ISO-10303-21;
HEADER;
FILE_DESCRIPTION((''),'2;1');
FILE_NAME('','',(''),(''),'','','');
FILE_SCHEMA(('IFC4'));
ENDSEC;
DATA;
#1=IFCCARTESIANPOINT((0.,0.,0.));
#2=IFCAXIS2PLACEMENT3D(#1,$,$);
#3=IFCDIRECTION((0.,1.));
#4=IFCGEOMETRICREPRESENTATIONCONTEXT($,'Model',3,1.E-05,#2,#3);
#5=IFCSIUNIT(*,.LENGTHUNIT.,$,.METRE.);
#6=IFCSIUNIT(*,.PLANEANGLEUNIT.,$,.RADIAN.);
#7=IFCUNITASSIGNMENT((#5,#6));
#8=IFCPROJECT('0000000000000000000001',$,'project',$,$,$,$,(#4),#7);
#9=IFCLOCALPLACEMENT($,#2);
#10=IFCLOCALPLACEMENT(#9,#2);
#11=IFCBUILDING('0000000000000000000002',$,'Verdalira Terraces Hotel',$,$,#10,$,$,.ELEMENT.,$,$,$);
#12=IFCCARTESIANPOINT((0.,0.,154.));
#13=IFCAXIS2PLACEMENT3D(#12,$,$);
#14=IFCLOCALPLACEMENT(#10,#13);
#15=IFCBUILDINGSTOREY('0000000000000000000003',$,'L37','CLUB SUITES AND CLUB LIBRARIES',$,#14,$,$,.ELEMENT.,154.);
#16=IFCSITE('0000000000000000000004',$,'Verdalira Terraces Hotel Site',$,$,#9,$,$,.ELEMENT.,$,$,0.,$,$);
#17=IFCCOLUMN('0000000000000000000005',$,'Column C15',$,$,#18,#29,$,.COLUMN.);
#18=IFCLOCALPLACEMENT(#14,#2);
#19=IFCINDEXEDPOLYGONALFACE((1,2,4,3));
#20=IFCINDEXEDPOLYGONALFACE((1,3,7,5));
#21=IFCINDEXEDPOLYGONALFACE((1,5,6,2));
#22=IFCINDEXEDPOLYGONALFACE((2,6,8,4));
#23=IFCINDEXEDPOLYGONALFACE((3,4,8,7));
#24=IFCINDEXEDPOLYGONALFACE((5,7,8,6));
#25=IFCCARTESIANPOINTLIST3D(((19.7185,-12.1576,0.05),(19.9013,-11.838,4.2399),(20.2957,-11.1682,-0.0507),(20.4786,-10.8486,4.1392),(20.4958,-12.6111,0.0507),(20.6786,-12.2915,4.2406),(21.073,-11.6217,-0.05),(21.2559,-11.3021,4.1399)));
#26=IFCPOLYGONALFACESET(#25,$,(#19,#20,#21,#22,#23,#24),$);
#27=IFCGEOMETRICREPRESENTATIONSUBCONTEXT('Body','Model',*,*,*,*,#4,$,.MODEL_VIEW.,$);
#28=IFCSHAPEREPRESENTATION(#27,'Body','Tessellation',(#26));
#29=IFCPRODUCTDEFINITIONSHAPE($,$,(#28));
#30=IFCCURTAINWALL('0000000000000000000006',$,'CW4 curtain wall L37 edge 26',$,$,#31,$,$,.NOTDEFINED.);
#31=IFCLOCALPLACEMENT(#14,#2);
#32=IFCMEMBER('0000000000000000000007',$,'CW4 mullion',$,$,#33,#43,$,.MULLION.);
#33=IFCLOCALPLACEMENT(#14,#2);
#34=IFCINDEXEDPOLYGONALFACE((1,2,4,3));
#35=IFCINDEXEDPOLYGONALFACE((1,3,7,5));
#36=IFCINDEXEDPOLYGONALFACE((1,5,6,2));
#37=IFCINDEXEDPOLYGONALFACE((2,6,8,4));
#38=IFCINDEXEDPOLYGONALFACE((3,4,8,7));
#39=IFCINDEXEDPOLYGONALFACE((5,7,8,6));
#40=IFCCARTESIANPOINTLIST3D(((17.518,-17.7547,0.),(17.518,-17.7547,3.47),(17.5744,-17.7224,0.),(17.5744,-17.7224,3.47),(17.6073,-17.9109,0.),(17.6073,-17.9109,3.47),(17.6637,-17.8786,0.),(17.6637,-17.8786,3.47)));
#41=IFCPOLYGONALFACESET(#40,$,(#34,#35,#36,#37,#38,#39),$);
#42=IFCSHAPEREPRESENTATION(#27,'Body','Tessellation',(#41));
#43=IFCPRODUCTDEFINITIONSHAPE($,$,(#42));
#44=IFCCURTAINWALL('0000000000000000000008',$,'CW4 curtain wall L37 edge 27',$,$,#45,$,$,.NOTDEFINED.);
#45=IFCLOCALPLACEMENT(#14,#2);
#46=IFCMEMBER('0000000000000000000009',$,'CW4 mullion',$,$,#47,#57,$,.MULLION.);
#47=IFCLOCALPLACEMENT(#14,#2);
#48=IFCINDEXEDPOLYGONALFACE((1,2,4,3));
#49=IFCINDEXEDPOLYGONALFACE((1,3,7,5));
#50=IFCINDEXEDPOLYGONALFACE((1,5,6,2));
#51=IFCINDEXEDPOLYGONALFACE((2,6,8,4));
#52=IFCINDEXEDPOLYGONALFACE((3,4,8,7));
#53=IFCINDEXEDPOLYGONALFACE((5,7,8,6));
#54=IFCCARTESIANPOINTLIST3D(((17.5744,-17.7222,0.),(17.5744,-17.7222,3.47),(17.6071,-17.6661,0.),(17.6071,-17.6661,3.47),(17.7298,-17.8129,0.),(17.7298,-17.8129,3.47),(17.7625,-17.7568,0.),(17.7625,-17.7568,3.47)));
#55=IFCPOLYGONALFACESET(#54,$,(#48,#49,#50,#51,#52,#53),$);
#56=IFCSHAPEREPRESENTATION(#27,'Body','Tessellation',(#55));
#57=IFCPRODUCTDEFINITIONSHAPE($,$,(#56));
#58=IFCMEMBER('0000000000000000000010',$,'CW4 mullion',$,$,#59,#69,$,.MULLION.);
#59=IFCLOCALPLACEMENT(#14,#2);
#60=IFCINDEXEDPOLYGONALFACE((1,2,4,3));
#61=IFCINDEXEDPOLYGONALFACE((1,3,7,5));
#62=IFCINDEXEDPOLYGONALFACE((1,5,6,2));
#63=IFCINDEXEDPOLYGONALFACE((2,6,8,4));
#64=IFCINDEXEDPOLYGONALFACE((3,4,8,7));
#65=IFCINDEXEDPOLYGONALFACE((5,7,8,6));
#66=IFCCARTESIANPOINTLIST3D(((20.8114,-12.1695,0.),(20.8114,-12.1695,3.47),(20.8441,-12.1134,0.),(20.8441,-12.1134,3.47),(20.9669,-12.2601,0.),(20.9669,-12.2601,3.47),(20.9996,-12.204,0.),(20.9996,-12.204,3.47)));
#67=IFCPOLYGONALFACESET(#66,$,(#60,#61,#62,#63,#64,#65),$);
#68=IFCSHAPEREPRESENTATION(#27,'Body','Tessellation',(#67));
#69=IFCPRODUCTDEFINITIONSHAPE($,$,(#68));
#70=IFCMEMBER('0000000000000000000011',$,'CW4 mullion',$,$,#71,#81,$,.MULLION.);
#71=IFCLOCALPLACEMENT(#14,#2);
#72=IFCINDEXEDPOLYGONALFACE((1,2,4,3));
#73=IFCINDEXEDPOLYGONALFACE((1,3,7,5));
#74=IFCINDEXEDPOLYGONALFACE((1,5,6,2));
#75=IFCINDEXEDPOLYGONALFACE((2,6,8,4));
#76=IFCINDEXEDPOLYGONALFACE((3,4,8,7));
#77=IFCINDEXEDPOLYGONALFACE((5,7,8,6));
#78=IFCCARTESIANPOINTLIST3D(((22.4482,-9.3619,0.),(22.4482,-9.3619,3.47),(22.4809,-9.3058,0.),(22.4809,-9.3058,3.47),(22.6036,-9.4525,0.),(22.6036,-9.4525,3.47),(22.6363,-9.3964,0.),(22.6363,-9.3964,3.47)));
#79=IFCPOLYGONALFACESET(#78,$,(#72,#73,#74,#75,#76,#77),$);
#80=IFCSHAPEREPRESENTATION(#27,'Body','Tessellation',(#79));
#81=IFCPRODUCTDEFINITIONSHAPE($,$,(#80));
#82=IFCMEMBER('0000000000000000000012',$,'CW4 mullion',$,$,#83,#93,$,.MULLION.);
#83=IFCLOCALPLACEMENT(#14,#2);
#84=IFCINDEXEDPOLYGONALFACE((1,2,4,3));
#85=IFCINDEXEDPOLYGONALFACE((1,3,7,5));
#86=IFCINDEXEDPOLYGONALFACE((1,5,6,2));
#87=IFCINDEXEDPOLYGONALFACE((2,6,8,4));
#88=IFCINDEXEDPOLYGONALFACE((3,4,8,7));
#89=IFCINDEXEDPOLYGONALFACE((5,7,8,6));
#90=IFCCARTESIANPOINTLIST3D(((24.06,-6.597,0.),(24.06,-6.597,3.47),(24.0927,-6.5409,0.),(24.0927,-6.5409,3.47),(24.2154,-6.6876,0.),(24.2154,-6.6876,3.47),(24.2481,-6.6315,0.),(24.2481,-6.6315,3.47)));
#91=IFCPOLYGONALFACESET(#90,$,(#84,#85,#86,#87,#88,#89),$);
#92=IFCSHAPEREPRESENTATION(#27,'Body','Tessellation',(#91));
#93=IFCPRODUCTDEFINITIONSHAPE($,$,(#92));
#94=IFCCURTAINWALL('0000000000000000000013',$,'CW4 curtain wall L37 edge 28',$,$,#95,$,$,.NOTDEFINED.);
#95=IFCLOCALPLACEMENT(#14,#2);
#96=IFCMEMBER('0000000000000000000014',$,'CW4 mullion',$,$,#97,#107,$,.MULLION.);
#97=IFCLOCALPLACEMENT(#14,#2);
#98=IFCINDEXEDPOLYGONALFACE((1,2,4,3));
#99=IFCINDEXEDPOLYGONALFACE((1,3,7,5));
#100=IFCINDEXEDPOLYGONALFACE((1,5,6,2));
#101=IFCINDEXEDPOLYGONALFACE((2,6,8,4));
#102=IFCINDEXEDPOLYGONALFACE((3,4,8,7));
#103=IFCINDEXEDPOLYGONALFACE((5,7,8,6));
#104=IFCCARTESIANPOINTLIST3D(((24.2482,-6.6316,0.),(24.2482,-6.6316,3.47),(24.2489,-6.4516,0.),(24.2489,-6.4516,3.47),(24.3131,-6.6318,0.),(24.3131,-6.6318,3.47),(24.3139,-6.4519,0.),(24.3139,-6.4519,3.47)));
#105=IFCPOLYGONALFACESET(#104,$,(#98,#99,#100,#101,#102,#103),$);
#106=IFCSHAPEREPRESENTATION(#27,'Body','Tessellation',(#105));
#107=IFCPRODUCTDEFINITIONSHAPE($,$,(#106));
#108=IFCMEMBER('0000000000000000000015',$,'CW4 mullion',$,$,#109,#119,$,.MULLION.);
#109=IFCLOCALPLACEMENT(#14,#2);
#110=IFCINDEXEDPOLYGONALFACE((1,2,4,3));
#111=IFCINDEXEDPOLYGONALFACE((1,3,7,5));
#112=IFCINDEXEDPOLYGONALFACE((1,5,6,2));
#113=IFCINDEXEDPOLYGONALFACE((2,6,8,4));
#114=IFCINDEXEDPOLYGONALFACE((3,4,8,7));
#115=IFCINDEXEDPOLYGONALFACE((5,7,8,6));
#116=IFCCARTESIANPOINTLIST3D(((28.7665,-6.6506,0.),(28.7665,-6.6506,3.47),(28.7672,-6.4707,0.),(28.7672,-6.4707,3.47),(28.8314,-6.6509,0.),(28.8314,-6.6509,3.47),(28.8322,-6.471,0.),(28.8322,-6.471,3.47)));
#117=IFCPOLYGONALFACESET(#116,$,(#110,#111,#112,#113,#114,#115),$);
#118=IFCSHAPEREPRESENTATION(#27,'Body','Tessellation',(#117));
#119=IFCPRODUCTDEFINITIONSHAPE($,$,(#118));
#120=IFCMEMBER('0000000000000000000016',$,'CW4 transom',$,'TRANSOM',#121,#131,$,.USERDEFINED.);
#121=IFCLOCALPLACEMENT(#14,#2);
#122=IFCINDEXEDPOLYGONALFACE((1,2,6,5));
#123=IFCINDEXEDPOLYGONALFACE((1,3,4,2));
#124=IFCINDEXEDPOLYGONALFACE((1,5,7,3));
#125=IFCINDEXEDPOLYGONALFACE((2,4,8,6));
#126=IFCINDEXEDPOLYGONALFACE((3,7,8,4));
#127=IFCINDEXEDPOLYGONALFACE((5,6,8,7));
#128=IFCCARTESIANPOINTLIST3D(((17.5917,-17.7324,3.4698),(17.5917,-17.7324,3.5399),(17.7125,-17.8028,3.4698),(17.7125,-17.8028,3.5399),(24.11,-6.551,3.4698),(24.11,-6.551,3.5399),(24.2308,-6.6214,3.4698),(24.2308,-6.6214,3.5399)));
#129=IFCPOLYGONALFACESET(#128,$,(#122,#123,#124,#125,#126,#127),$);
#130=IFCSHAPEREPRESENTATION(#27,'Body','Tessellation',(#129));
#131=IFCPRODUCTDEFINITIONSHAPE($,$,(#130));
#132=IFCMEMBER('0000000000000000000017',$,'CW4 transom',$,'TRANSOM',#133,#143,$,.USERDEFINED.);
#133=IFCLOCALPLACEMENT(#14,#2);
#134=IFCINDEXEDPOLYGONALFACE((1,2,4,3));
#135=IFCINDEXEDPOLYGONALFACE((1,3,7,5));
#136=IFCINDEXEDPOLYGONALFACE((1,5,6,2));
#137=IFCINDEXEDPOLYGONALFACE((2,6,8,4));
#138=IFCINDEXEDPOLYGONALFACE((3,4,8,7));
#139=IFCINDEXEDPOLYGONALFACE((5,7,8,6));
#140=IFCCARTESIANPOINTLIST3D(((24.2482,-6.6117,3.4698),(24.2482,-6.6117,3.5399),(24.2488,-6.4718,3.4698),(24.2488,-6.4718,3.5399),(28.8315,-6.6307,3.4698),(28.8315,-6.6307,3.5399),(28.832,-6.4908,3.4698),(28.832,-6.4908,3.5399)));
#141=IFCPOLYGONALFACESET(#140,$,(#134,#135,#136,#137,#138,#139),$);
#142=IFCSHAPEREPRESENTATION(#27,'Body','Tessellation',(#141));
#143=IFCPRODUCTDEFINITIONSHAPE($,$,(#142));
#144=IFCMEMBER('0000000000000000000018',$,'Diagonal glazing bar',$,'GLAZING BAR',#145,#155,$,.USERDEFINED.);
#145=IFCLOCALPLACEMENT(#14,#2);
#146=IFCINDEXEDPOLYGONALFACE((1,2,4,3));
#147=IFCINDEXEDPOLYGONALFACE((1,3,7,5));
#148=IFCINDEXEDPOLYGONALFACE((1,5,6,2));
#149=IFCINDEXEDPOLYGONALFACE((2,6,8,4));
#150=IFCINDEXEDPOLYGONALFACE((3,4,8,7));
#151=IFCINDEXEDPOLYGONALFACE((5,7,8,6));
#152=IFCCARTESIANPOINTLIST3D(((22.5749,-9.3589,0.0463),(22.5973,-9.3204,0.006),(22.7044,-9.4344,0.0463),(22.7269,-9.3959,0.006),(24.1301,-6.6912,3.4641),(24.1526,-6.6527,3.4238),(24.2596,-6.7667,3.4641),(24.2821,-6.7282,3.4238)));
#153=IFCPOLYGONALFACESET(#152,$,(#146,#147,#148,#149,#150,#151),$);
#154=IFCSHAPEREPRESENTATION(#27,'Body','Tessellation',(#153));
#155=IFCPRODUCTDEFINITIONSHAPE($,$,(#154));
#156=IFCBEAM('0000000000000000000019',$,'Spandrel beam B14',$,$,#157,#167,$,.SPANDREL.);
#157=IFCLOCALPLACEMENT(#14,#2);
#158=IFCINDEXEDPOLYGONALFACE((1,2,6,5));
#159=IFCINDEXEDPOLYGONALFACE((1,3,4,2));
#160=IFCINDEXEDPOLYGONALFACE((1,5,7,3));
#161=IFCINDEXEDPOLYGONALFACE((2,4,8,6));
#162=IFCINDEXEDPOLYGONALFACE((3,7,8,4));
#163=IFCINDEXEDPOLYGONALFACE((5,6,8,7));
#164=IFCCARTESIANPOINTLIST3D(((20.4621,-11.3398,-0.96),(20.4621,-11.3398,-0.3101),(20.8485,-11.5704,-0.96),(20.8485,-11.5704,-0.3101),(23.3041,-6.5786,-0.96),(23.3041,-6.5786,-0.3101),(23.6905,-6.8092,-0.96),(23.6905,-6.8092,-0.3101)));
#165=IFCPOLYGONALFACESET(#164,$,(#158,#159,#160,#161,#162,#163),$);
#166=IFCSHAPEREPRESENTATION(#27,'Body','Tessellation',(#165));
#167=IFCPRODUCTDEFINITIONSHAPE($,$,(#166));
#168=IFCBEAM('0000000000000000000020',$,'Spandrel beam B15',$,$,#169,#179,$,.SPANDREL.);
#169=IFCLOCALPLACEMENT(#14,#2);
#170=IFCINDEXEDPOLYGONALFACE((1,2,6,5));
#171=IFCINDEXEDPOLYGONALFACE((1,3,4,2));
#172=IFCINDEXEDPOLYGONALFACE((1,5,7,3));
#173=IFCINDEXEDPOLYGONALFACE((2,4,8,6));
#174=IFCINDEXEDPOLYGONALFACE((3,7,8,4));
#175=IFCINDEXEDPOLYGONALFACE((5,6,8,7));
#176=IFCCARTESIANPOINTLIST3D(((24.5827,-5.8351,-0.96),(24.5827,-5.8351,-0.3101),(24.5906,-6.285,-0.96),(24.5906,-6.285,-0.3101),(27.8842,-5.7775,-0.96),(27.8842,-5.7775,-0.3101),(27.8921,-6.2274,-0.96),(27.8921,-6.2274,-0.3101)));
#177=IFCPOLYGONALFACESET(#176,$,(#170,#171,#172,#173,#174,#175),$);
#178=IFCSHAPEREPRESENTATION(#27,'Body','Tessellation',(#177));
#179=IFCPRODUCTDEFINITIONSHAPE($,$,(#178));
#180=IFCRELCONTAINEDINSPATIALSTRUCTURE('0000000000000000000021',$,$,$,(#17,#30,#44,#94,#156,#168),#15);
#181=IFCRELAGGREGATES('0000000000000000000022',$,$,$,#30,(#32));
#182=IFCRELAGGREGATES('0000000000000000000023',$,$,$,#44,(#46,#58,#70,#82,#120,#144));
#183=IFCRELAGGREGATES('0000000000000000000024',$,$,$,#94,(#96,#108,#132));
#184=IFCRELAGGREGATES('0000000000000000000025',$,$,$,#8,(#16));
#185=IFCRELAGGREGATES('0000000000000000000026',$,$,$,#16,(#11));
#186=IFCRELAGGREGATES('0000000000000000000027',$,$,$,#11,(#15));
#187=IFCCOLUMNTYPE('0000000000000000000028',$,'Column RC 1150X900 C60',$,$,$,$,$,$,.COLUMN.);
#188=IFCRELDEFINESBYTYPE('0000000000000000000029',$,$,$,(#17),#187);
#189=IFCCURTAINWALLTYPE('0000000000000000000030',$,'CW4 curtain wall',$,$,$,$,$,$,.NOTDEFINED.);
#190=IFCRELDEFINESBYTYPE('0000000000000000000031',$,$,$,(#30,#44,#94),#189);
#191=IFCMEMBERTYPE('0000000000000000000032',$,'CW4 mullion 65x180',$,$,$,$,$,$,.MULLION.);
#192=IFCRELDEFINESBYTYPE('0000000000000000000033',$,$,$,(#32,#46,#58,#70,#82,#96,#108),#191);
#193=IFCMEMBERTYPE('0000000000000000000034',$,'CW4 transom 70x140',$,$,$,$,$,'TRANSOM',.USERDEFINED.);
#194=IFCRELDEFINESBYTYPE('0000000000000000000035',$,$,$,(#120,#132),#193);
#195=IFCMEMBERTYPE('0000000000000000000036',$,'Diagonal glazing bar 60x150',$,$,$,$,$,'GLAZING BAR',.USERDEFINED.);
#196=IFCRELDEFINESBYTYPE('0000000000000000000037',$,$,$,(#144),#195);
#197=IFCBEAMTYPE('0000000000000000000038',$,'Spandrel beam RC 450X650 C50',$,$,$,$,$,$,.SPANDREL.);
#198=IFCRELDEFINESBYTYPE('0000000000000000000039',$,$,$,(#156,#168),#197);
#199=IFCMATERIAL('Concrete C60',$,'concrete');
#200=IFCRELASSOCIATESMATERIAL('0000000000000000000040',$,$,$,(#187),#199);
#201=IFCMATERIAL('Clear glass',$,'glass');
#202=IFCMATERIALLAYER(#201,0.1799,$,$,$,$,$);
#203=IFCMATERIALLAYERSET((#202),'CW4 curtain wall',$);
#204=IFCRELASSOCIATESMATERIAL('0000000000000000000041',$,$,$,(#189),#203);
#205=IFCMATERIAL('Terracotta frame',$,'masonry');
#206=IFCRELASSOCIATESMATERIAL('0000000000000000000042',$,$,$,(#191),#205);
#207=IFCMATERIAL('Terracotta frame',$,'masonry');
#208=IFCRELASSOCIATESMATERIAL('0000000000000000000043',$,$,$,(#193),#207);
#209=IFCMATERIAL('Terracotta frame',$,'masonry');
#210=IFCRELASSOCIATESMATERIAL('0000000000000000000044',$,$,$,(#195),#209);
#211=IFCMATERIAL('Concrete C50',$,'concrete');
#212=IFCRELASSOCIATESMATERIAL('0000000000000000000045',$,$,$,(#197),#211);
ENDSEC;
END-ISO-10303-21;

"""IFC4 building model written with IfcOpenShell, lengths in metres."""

from ifc_helpers import new_model, si_unit, direction, frame, origin, origin_2d, place, context, subcontext, project, spatial, rectangle, extrude, material, layer, layer_set, material_profile, profile_set, type_object, element, aggregate, save


model = new_model("IFC4")

# Units and contexts
model_context = context("Model", 3, precision=1e-05, world=origin(), true_north=direction((0.0, 1.0)))
body_context = subcontext(model_context, "Body", "Model", "MODEL_VIEW")
ifc_project = project(units=[si_unit("LENGTHUNIT", "METRE"), si_unit("PLANEANGLEUNIT", "RADIAN")], contexts=[model_context])

# Site, building, storey
site_placement = place(None, origin())
site = spatial("IfcSite", under=ifc_project, at=site_placement, Name="Verdalira Terraces Hotel Site", CompositionType="ELEMENT", RefElevation=0.0)
building_placement = place(site_placement, origin())
building = spatial("IfcBuilding", under=site, at=building_placement, Name="Verdalira Terraces Hotel", CompositionType="ELEMENT")
storey_placement = place(building_placement, frame((0.0, 0.0, 154.0)))
storey = spatial("IfcBuildingStorey", under=building, at=storey_placement, Name="L37", Description="CLUB SUITES AND CLUB LIBRARIES", CompositionType="ELEMENT", Elevation=154.0)

# Column
ifc_material_1 = material(Name="Concrete C60", Category="concrete")
ifc_material_profile_1 = material_profile(ifc_material_1, rectangle(XDim=1.1499, YDim=0.8999, at=origin_2d()), Name="RC 1150X900")
ifc_profile_set_1 = profile_set([ifc_material_profile_1], Name="Concrete C60")
column_type = type_object("IfcColumnType", Name="Column RC 1150X900 C60", PredefinedType="COLUMN", material=ifc_profile_set_1)
column_placement = place(storey_placement, frame((20.3958, -11.8896, 0.0), z_axis=(0.043475, 0.07598, 0.996161), x_axis=(0.502015, 0.860418, -0.087536)))
element("IfcColumn", 1, at=column_placement, inside=storey, type_object=column_type, Name="Column C15", PredefinedType="COLUMN", context=body_context, shape_type="SweptSolid", body=[
    extrude(rectangle(XDim=1.1499, YDim=0.8999, at=origin_2d()), origin(), (0.0, 0.0, 1.0), 4.2061),
])

# Curtain wall, member
ifc_material_2 = material(Name="Clear glass", Category="glass")
ifc_layer_1 = layer(ifc_material_2, 0.1799)
ifc_layer_set_1 = layer_set([ifc_layer_1], Name="CW4 curtain wall")
curtain_wall_type = type_object("IfcCurtainWallType", Name="CW4 curtain wall", PredefinedType="NOTDEFINED", material=ifc_layer_set_1)
curtain_wall_1_placement = place(storey_placement, origin())
curtain_wall_1 = element("IfcCurtainWall", 2, at=curtain_wall_1_placement, inside=storey, type_object=curtain_wall_type, Name="CW4 curtain wall L37 edge 26", PredefinedType="NOTDEFINED")
ifc_material_3 = material(Name="Terracotta frame", Category="masonry")
ifc_material_profile_2 = material_profile(ifc_material_3, rectangle(XDim=0.0649, YDim=0.1799, at=origin_2d()), Name="MU 65x180")
ifc_profile_set_2 = profile_set([ifc_material_profile_2], Name="Terracotta frame")
member_type_1 = type_object("IfcMemberType", Name="CW4 mullion 65x180", PredefinedType="MULLION", material=ifc_profile_set_2)
member_1_placement = place(storey_placement, frame((17.5908, -17.8166, 0.0), z_axis=(0.0, 0.0, 1.0), x_axis=(0.868112, 0.496368, 0.0)))
member_1 = element("IfcMember", 3, at=member_1_placement, type_object=member_type_1, Name="CW4 mullion", PredefinedType="MULLION", context=body_context, shape_type="SweptSolid", body=[
    extrude(rectangle(XDim=0.0649, YDim=0.1799, at=origin_2d()), origin(), (0.0, 0.0, 1.0), 3.47),
])
aggregate(curtain_wall_1, [member_1])

# Curtain walls, members
curtain_wall_2_placement = place(storey_placement, origin())
curtain_wall_2 = element("IfcCurtainWall", 4, at=curtain_wall_2_placement, inside=storey, type_object=curtain_wall_type, Name="CW4 curtain wall L37 edge 27", PredefinedType="NOTDEFINED")
member_2_placement = place(storey_placement, frame((17.6685, -17.7395, 0.0), z_axis=(0.0, 0.0, 1.0), x_axis=(0.503623, 0.863923, 0.0)))
member_2 = element("IfcMember", 5, at=member_2_placement, type_object=member_type_1, Name="CW4 mullion", PredefinedType="MULLION", context=body_context, shape_type="SweptSolid", body=[
    extrude(rectangle(XDim=0.0649, YDim=0.1799, at=origin_2d()), origin(), (0.0, 0.0, 1.0), 3.47),
])
member_3_placement = place(storey_placement, frame((20.9055, -12.1868, 0.0), z_axis=(0.0, 0.0, 1.0), x_axis=(0.503623, 0.863923, 0.0)))
member_3 = element("IfcMember", 6, at=member_3_placement, type_object=member_type_1, Name="CW4 mullion", PredefinedType="MULLION", context=body_context, shape_type="SweptSolid", body=[
    extrude(rectangle(XDim=0.0649, YDim=0.1799, at=origin_2d()), origin(), (0.0, 0.0, 1.0), 3.47),
])
member_4_placement = place(storey_placement, frame((22.5422, -9.3791, 0.0), z_axis=(0.0, 0.0, 1.0), x_axis=(0.503623, 0.863923, 0.0)))
member_4 = element("IfcMember", 7, at=member_4_placement, type_object=member_type_1, Name="CW4 mullion", PredefinedType="MULLION", context=body_context, shape_type="SweptSolid", body=[
    extrude(rectangle(XDim=0.0649, YDim=0.1799, at=origin_2d()), origin(), (0.0, 0.0, 1.0), 3.47),
])
member_5_placement = place(storey_placement, frame((24.1541, -6.6143, 0.0), z_axis=(0.0, 0.0, 1.0), x_axis=(0.503623, 0.863923, 0.0)))
member_5 = element("IfcMember", 8, at=member_5_placement, type_object=member_type_1, Name="CW4 mullion", PredefinedType="MULLION", context=body_context, shape_type="SweptSolid", body=[
    extrude(rectangle(XDim=0.0649, YDim=0.1799, at=origin_2d()), origin(), (0.0, 0.0, 1.0), 3.47),
])
curtain_wall_3_placement = place(storey_placement, origin())
curtain_wall_3 = element("IfcCurtainWall", 9, at=curtain_wall_3_placement, inside=storey, type_object=curtain_wall_type, Name="CW4 curtain wall L37 edge 28", PredefinedType="NOTDEFINED")
member_6_placement = place(storey_placement, frame((24.281, -6.5417, 0.0), z_axis=(0.0, 0.0, 1.0), x_axis=(0.999991, -0.004189, 0.0)))
member_6 = element("IfcMember", 10, at=member_6_placement, type_object=member_type_1, Name="CW4 mullion", PredefinedType="MULLION", context=body_context, shape_type="SweptSolid", body=[
    extrude(rectangle(XDim=0.0649, YDim=0.1799, at=origin_2d()), origin(), (0.0, 0.0, 1.0), 3.47),
])
member_7_placement = place(storey_placement, frame((28.7993, -6.5608, 0.0), z_axis=(0.0, 0.0, 1.0), x_axis=(0.999991, -0.004189, 0.0)))
member_7 = element("IfcMember", 11, at=member_7_placement, type_object=member_type_1, Name="CW4 mullion", PredefinedType="MULLION", context=body_context, shape_type="SweptSolid", body=[
    extrude(rectangle(XDim=0.0649, YDim=0.1799, at=origin_2d()), origin(), (0.0, 0.0, 1.0), 3.47),
])

# Members
ifc_material_4 = material(Name="Terracotta frame", Category="masonry")
ifc_material_profile_3 = material_profile(ifc_material_4, rectangle(XDim=0.1399, YDim=0.0701, at=origin_2d()), Name="TR 70x140")
ifc_profile_set_3 = profile_set([ifc_material_profile_3], Name="Terracotta frame")
member_type_2 = type_object("IfcMemberType", Name="CW4 transom 70x140", ElementType="TRANSOM", PredefinedType="USERDEFINED", material=ifc_profile_set_3)
member_8_placement = place(storey_placement, frame((17.6521, -17.7676, 3.5049), z_axis=(0.503631, 0.863919, 0.0), x_axis=(-0.863919, 0.503631, 0.0)))
member_8 = element("IfcMember", 12, at=member_8_placement, type_object=member_type_2, Name="CW4 transom", ObjectType="TRANSOM", PredefinedType="USERDEFINED", context=body_context, shape_type="SweptSolid", body=[
    extrude(rectangle(XDim=0.1399, YDim=0.0701, at=origin_2d()), origin(), (0.0, 0.0, 1.0), 12.9426),
])
member_9_placement = place(storey_placement, frame((24.2485, -6.5417, 3.5049), z_axis=(0.999991, -0.004155, 0.0), x_axis=(0.004155, 0.999991, 0.0)))
member_9 = element("IfcMember", 13, at=member_9_placement, type_object=member_type_2, Name="CW4 transom", ObjectType="TRANSOM", PredefinedType="USERDEFINED", context=body_context, shape_type="SweptSolid", body=[
    extrude(rectangle(XDim=0.1399, YDim=0.0701, at=origin_2d()), origin(), (0.0, 0.0, 1.0), 4.5833),
])
ifc_material_5 = material(Name="Terracotta frame", Category="masonry")
ifc_material_profile_4 = material_profile(ifc_material_5, rectangle(XDim=0.1499, YDim=0.0601, at=origin_2d()), Name="GB 60x150")
ifc_profile_set_4 = profile_set([ifc_material_profile_4], Name="Terracotta frame")
member_type_3 = type_object("IfcMemberType", Name="Diagonal glazing bar 60x150", ElementType="GLAZING BAR", PredefinedType="USERDEFINED", material=ifc_profile_set_4)
member_10_placement = place(storey_placement, frame((22.6509, -9.3774, 0.0261), z_axis=(0.337634, 0.579172, 0.741999), x_axis=(-0.863919, 0.50363, 0.0)))
member_10 = element("IfcMember", 14, at=member_10_placement, type_object=member_type_3, Name="Diagonal glazing bar", ObjectType="GLAZING BAR", PredefinedType="USERDEFINED", context=body_context, shape_type="SweptSolid", body=[
    extrude(rectangle(XDim=0.1499, YDim=0.0601, at=origin_2d()), origin(), (0.0, 0.0, 1.0), 4.6062),
])

# Beams
ifc_material_6 = material(Name="Concrete C50", Category="concrete")
ifc_material_profile_5 = material_profile(ifc_material_6, rectangle(XDim=0.45, YDim=0.6499, at=origin_2d()), Name="RC 450X650")
ifc_profile_set_5 = profile_set([ifc_material_profile_5], Name="Concrete C50")
beam_type = type_object("IfcBeamType", Name="Spandrel beam RC 450X650 C50", PredefinedType="SPANDREL", material=ifc_profile_set_5)
beam_1_placement = place(storey_placement, frame((20.6553, -11.4551, -0.635), z_axis=(0.512545, 0.85866, 0.0), x_axis=(-0.85866, 0.512545, 0.0)))
element("IfcBeam", 15, at=beam_1_placement, inside=storey, type_object=beam_type, Name="Spandrel beam B14", PredefinedType="SPANDREL", context=body_context, shape_type="SweptSolid", body=[
    extrude(rectangle(XDim=0.45, YDim=0.6499, at=origin_2d()), origin(), (0.0, 0.0, 1.0), 5.5449),
])
beam_2_placement = place(storey_placement, frame((24.5867, -6.0601, -0.635), z_axis=(0.999848, 0.017449, 0.0), x_axis=(-0.017449, 0.999848, 0.0)))
element("IfcBeam", 16, at=beam_2_placement, inside=storey, type_object=beam_type, Name="Spandrel beam B15", PredefinedType="SPANDREL", context=body_context, shape_type="SweptSolid", body=[
    extrude(rectangle(XDim=0.45, YDim=0.6499, at=origin_2d()), origin(), (0.0, 0.0, 1.0), 3.302),
])

aggregate(curtain_wall_2, [member_2, member_3, member_4, member_5, member_8, member_10])
aggregate(curtain_wall_3, [member_6, member_7, member_9])

save(model, "model.ifc")
